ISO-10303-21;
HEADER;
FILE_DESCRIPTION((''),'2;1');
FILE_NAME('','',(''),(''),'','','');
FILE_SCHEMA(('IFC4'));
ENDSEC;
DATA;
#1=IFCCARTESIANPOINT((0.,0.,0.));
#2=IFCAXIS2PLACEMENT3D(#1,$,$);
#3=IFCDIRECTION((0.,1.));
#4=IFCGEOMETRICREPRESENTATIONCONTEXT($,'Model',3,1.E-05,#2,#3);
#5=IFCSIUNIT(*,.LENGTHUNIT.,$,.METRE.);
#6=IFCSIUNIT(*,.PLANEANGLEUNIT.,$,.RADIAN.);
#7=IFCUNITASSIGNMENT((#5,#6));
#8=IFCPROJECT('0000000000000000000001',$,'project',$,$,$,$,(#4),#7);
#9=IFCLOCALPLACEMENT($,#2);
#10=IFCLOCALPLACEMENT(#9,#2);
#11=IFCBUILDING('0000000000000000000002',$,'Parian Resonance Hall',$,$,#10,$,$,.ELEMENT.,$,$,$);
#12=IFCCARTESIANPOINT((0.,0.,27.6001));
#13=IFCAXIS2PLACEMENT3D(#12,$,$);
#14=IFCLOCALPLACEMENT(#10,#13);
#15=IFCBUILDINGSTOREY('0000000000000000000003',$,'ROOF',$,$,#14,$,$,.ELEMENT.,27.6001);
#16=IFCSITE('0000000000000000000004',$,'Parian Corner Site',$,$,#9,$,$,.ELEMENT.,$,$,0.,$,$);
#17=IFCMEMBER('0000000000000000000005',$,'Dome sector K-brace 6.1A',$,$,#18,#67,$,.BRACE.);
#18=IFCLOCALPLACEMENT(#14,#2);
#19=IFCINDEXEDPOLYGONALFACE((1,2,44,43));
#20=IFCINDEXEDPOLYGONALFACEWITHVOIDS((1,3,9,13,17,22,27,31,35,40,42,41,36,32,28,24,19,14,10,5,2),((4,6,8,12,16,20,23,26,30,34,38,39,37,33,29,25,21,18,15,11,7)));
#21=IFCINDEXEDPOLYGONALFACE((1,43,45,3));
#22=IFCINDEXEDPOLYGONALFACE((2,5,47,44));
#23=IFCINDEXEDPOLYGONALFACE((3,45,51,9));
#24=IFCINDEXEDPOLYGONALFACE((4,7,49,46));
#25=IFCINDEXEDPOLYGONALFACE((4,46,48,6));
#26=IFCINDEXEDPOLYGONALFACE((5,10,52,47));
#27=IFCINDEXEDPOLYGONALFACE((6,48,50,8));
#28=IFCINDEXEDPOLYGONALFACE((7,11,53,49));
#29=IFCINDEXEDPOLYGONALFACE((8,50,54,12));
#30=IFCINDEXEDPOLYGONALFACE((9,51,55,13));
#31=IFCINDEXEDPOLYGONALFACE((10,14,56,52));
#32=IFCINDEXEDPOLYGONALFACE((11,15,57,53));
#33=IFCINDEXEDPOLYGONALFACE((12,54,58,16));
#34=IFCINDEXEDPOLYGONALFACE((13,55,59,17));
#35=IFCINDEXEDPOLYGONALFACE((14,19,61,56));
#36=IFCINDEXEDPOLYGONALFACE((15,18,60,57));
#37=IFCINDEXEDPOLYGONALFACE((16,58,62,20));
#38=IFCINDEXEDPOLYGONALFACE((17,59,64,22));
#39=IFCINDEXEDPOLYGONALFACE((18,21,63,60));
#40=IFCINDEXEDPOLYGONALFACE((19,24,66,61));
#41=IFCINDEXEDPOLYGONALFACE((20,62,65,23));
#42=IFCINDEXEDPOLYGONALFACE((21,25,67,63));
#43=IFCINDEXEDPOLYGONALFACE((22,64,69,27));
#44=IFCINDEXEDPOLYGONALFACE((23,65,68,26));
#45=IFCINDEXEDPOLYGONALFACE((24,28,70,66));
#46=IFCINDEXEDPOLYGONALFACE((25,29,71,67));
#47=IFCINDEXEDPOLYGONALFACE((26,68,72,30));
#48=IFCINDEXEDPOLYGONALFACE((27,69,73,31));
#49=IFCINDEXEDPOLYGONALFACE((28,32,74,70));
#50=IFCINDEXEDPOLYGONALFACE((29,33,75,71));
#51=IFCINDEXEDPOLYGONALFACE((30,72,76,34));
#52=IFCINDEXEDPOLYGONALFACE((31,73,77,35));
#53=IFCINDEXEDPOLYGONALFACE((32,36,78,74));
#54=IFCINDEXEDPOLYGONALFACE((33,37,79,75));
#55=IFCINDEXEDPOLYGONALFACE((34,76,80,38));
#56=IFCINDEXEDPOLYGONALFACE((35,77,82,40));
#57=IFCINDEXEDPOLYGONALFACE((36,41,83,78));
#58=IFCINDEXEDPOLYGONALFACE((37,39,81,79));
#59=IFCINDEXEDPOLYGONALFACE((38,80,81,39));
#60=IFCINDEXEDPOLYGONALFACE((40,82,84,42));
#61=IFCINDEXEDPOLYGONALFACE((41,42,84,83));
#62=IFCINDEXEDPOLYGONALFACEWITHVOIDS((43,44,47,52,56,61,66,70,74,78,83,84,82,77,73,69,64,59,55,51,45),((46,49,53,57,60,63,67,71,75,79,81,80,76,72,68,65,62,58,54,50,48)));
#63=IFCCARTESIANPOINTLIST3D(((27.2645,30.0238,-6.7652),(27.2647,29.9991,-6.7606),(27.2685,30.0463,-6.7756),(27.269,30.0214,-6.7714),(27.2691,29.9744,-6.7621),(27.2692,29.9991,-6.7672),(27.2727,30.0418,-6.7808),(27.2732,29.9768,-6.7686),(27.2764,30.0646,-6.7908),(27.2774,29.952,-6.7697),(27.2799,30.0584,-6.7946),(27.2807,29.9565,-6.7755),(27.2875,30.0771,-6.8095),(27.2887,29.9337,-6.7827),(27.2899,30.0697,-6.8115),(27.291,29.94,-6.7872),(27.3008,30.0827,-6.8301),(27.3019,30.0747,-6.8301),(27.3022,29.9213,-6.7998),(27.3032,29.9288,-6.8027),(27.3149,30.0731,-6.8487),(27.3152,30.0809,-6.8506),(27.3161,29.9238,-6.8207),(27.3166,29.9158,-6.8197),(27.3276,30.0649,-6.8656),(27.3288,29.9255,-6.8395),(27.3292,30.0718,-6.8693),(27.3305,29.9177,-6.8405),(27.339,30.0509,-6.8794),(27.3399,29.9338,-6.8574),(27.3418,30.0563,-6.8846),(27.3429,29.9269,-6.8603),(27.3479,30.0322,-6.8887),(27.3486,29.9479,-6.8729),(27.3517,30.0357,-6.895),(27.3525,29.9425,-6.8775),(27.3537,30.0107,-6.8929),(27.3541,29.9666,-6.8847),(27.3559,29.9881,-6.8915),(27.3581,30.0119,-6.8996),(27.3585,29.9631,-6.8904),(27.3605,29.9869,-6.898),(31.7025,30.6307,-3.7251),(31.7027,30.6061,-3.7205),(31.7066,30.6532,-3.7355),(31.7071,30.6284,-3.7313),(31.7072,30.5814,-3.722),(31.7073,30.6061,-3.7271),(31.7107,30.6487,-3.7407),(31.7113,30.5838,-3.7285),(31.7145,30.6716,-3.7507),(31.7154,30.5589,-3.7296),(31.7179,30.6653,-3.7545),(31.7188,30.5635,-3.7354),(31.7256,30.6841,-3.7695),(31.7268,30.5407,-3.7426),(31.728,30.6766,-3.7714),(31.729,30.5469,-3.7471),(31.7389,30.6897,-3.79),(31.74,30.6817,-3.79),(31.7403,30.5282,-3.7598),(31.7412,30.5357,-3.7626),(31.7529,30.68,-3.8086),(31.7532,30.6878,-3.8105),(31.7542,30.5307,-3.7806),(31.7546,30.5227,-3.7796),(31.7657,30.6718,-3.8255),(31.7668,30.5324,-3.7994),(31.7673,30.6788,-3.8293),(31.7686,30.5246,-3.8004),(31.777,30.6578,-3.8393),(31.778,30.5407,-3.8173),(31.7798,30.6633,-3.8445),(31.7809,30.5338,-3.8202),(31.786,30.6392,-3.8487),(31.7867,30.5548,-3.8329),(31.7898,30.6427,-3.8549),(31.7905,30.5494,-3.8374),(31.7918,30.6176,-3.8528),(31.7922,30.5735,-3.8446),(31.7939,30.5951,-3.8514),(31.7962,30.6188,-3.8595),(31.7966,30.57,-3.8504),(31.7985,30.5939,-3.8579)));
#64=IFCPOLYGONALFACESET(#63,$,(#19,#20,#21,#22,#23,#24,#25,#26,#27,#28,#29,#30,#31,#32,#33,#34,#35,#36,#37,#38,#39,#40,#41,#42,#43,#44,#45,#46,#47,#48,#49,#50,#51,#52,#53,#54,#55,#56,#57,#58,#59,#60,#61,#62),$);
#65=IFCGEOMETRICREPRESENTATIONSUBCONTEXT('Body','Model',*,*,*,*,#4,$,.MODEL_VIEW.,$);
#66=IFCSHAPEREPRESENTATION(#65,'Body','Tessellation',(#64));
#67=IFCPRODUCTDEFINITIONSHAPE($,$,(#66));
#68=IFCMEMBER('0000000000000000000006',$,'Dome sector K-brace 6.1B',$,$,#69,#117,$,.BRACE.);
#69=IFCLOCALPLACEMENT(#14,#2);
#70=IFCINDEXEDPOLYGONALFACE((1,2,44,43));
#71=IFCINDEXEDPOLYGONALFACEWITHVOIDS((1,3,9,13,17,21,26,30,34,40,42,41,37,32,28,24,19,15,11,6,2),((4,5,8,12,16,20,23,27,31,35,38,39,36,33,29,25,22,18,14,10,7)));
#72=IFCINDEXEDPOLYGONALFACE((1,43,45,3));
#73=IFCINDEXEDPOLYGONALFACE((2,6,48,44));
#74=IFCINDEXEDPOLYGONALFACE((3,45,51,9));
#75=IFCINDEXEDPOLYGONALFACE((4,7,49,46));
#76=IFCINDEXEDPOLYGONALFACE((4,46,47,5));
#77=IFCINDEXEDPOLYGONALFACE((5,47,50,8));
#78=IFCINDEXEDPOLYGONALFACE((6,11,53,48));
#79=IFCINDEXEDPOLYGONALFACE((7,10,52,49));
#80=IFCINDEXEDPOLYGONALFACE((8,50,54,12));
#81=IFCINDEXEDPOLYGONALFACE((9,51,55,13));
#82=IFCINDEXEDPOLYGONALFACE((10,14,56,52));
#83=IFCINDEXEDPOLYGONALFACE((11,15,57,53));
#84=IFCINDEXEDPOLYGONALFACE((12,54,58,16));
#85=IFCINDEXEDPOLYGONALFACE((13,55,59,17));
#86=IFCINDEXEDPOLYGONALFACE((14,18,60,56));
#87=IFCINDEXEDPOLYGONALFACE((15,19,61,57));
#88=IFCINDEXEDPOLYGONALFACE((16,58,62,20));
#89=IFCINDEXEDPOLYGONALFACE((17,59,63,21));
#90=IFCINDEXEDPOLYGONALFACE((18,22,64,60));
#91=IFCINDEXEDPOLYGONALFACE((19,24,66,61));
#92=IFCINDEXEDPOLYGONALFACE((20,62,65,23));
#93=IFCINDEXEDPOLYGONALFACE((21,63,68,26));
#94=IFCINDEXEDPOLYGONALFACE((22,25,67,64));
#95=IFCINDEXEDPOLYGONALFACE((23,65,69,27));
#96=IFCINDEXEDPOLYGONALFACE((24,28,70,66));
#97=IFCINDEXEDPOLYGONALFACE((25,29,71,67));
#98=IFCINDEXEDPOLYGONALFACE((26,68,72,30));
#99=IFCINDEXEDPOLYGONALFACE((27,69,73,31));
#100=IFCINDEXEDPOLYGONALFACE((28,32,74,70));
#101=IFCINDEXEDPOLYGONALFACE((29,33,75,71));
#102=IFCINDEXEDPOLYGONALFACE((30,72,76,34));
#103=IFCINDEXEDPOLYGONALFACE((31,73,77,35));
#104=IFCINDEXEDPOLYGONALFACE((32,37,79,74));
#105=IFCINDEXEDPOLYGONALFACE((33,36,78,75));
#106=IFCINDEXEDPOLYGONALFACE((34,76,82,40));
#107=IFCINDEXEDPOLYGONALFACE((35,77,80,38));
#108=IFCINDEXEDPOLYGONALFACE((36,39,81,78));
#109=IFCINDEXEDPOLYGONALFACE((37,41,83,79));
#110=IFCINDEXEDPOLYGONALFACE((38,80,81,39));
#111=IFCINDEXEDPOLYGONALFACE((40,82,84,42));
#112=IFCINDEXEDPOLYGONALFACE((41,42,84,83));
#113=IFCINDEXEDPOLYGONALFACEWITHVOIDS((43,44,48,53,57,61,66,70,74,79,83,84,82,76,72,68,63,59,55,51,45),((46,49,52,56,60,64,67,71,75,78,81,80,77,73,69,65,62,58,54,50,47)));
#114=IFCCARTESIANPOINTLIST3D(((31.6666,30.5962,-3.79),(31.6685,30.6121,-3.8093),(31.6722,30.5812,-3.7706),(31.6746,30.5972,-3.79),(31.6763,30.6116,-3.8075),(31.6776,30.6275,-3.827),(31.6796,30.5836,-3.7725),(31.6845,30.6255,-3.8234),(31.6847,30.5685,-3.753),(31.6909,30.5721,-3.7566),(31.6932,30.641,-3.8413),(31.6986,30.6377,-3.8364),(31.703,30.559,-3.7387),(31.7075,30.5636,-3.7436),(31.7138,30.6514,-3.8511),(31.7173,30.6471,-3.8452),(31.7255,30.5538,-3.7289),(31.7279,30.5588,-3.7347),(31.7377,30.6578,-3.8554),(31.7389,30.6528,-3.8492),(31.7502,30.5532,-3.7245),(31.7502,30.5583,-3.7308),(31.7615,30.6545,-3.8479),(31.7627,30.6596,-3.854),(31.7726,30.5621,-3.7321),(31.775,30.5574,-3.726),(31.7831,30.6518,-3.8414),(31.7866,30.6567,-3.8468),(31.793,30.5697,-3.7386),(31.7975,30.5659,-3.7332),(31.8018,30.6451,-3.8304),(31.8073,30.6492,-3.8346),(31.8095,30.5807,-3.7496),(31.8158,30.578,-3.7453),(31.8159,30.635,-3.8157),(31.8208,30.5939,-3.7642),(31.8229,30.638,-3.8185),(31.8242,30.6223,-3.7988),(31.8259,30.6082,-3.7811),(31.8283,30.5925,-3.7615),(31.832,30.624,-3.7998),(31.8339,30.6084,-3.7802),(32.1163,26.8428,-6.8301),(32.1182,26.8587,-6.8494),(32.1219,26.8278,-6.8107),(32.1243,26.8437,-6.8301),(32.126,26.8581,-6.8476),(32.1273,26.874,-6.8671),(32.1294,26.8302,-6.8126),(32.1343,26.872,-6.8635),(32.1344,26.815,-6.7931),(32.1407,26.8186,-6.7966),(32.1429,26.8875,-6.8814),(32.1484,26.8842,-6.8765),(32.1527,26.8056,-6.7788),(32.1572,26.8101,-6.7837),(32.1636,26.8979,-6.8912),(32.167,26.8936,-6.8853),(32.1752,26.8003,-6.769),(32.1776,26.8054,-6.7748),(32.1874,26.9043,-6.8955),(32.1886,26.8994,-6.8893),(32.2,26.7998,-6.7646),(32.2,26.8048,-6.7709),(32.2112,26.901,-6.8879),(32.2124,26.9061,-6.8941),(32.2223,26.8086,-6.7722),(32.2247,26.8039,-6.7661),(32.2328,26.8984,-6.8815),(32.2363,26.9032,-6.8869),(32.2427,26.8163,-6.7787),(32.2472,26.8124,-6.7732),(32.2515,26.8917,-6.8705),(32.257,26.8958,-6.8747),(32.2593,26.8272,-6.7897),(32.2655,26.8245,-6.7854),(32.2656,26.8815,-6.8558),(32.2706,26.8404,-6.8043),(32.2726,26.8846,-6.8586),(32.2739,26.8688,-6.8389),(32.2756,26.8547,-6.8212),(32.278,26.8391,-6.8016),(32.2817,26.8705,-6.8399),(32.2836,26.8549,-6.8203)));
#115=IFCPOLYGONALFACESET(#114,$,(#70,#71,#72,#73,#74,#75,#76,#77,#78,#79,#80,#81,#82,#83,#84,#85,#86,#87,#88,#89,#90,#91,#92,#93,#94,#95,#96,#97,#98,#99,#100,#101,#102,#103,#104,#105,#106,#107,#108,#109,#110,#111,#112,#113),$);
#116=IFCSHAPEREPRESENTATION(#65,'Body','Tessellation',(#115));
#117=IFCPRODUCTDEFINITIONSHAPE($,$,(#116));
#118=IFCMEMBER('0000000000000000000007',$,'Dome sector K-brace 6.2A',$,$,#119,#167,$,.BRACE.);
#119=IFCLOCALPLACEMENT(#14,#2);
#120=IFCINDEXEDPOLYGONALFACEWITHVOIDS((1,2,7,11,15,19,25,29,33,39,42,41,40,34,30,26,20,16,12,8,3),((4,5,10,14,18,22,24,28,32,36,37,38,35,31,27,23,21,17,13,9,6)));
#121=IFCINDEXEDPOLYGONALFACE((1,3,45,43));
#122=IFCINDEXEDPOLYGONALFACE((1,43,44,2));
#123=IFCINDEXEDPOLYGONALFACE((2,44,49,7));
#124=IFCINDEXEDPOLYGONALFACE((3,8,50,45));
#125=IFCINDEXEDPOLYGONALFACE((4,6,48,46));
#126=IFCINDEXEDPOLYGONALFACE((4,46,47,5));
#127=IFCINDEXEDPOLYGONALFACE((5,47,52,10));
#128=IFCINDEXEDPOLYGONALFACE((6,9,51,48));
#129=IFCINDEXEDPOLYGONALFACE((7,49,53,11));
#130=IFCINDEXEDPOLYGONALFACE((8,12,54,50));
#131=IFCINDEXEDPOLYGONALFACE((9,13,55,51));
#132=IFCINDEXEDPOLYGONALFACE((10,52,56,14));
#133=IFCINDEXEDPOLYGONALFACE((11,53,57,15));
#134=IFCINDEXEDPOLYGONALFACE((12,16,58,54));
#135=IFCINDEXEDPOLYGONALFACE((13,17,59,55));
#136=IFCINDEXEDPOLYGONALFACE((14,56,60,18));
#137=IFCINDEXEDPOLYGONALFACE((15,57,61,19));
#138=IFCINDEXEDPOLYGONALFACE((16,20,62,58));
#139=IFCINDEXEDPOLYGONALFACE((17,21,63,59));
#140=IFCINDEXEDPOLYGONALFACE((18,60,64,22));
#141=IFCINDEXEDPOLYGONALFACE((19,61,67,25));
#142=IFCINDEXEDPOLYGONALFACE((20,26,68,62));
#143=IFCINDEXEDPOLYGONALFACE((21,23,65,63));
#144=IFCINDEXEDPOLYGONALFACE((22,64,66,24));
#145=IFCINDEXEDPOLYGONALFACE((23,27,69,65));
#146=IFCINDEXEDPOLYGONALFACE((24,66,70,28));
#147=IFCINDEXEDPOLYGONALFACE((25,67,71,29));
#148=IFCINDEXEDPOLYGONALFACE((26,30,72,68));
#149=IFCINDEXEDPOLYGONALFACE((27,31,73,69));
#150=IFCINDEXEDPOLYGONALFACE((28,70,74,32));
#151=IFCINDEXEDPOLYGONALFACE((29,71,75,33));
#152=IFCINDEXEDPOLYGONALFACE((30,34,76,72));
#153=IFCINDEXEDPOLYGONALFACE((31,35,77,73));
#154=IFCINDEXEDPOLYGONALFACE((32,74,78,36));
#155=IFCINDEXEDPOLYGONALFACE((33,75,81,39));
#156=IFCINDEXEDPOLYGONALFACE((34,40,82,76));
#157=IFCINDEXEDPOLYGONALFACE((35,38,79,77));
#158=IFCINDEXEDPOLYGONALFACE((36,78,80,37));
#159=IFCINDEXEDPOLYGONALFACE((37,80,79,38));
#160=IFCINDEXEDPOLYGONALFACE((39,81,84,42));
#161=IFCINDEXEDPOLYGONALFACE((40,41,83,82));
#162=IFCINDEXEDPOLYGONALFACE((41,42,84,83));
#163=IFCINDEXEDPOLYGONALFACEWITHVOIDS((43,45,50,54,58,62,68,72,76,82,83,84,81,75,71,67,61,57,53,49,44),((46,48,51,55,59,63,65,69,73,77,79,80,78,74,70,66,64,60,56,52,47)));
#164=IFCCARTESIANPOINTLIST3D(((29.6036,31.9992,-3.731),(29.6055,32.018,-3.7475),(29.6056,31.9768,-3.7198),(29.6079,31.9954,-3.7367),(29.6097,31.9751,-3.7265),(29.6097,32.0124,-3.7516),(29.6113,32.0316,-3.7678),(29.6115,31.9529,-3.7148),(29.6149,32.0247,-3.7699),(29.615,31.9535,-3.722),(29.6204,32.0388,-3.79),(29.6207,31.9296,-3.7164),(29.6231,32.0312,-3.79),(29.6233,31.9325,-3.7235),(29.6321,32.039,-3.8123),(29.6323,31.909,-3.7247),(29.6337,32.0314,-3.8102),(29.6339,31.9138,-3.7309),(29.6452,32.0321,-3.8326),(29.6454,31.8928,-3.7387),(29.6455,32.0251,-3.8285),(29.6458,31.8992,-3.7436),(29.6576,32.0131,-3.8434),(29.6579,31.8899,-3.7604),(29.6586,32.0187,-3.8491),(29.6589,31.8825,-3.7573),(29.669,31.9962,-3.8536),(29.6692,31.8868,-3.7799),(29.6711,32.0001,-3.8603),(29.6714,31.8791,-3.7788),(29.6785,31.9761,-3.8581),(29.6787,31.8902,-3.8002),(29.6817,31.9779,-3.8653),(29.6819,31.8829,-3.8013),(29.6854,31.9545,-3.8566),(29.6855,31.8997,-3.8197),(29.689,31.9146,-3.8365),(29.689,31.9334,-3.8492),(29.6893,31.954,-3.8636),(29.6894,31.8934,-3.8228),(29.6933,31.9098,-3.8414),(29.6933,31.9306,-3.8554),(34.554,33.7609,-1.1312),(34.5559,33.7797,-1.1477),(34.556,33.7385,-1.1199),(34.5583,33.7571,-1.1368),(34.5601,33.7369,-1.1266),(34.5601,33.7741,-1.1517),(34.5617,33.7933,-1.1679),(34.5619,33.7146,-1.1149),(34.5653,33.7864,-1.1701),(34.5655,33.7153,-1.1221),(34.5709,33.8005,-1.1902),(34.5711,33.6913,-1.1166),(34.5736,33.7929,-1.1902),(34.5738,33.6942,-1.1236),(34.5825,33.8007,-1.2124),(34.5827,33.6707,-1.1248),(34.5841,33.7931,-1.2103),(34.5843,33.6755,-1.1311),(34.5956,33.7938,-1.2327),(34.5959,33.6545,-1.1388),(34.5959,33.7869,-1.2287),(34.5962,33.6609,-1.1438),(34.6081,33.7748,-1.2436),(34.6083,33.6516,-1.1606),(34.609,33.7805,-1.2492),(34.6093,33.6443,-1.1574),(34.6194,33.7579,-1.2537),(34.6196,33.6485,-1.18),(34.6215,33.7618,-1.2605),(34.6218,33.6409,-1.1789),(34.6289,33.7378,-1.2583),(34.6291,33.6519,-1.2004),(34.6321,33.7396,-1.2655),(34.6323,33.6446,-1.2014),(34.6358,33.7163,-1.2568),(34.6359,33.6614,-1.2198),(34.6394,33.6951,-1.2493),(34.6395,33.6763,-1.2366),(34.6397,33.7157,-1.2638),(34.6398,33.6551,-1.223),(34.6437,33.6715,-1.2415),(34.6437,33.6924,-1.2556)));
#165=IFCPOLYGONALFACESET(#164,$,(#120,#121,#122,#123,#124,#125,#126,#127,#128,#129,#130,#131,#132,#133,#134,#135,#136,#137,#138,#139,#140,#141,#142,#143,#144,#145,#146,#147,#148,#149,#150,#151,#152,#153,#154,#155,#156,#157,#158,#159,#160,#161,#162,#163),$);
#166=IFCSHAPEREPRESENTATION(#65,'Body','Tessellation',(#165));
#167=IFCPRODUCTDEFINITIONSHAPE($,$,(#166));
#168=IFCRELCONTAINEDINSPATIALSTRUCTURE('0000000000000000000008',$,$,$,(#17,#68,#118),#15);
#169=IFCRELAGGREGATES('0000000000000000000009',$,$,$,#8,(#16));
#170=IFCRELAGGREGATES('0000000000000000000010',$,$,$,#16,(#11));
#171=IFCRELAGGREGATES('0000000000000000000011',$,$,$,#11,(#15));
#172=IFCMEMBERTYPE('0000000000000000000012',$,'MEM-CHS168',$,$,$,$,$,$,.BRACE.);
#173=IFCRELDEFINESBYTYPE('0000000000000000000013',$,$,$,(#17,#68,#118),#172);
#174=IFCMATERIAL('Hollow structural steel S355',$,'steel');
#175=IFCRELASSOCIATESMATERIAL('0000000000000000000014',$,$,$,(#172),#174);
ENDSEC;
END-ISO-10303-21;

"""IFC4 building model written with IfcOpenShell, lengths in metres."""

from ifc_helpers import new_model, si_unit, direction, frame, origin, origin_2d, place, context, subcontext, project, spatial, hollow_circle, extrude, material, material_profile, profile_set, type_object, element, save


model = new_model("IFC4")

# Units and contexts
model_context = context("Model", 3, precision=1e-05, world=origin(), true_north=direction((0.0, 1.0)))
body_context = subcontext(model_context, "Body", "Model", "MODEL_VIEW")
ifc_project = project(units=[si_unit("LENGTHUNIT", "METRE"), si_unit("PLANEANGLEUNIT", "RADIAN")], contexts=[model_context])

# Site, building, storey
site_placement = place(None, origin())
site = spatial("IfcSite", under=ifc_project, at=site_placement, Name="Parian Corner Site", CompositionType="ELEMENT", RefElevation=0.0)
building_placement = place(site_placement, origin())
building = spatial("IfcBuilding", under=site, at=building_placement, Name="Parian Resonance Hall", CompositionType="ELEMENT")
storey_placement = place(building_placement, frame((0.0, 0.0, 27.6001)))
storey = spatial("IfcBuildingStorey", under=building, at=storey_placement, Name="ROOF", CompositionType="ELEMENT", Elevation=27.6001)

# Members
ifc_material_1 = material(Name="Hollow structural steel S355", Category="steel")
ifc_material_profile_1 = material_profile(ifc_material_1, hollow_circle(Radius=0.0842, WallThickness=0.0081, at=origin_2d()), Name="CHS168.3x8")
ifc_profile_set_1 = profile_set([ifc_material_profile_1], Name="Hollow structural steel S355")
member_type_1 = type_object("IfcMemberType", Name="MEM-CHS168", PredefinedType="BRACE", material=ifc_profile_set_1)
member_1_placement = place(storey_placement, frame((27.3123, 29.9993, -6.8301), z_axis=(0.819801, 0.112115, 0.561567), x_axis=(-0.135497, 0.990778, 0.0)))
element("IfcMember", 1, at=member_1_placement, inside=storey, type_object=member_type_1, Name="Dome sector K-brace 6.1A", PredefinedType="BRACE", context=body_context, shape_type="SweptSolid", body=[
    extrude(hollow_circle(Radius=0.0842, WallThickness=0.0081, at=origin_2d()), origin(), (0.0, 0.0, 1.0), 5.4136),
])
member_2_placement = place(storey_placement, frame((32.2, 26.8528, -6.8301), z_axis=(-0.092704, 0.773741, 0.626683), x_axis=(-0.992899, -0.118962, 0.0)))
element("IfcMember", 2, at=member_2_placement, inside=storey, type_object=member_type_1, Name="Dome sector K-brace 6.1B", PredefinedType="BRACE", context=body_context, shape_type="SweptSolid", body=[
    extrude(hollow_circle(Radius=0.0842, WallThickness=0.0081, at=origin_2d()), origin(), (0.0, 0.0, 1.0), 4.8511),
])
member_3_placement = place(storey_placement, frame((29.6487, 31.9595, -3.79), z_axis=(0.844414, 0.300503, 0.443466), x_axis=(-0.335274, 0.942121, 0.0)))
element("IfcMember", 3, at=member_3_placement, inside=storey, type_object=member_type_1, Name="Dome sector K-brace 6.2A", PredefinedType="BRACE", context=body_context, shape_type="SweptSolid", body=[
    extrude(hollow_circle(Radius=0.0842, WallThickness=0.0081, at=origin_2d()), origin(), (0.0, 0.0, 1.0), 5.8625),
])

save(model, "model.ifc")
